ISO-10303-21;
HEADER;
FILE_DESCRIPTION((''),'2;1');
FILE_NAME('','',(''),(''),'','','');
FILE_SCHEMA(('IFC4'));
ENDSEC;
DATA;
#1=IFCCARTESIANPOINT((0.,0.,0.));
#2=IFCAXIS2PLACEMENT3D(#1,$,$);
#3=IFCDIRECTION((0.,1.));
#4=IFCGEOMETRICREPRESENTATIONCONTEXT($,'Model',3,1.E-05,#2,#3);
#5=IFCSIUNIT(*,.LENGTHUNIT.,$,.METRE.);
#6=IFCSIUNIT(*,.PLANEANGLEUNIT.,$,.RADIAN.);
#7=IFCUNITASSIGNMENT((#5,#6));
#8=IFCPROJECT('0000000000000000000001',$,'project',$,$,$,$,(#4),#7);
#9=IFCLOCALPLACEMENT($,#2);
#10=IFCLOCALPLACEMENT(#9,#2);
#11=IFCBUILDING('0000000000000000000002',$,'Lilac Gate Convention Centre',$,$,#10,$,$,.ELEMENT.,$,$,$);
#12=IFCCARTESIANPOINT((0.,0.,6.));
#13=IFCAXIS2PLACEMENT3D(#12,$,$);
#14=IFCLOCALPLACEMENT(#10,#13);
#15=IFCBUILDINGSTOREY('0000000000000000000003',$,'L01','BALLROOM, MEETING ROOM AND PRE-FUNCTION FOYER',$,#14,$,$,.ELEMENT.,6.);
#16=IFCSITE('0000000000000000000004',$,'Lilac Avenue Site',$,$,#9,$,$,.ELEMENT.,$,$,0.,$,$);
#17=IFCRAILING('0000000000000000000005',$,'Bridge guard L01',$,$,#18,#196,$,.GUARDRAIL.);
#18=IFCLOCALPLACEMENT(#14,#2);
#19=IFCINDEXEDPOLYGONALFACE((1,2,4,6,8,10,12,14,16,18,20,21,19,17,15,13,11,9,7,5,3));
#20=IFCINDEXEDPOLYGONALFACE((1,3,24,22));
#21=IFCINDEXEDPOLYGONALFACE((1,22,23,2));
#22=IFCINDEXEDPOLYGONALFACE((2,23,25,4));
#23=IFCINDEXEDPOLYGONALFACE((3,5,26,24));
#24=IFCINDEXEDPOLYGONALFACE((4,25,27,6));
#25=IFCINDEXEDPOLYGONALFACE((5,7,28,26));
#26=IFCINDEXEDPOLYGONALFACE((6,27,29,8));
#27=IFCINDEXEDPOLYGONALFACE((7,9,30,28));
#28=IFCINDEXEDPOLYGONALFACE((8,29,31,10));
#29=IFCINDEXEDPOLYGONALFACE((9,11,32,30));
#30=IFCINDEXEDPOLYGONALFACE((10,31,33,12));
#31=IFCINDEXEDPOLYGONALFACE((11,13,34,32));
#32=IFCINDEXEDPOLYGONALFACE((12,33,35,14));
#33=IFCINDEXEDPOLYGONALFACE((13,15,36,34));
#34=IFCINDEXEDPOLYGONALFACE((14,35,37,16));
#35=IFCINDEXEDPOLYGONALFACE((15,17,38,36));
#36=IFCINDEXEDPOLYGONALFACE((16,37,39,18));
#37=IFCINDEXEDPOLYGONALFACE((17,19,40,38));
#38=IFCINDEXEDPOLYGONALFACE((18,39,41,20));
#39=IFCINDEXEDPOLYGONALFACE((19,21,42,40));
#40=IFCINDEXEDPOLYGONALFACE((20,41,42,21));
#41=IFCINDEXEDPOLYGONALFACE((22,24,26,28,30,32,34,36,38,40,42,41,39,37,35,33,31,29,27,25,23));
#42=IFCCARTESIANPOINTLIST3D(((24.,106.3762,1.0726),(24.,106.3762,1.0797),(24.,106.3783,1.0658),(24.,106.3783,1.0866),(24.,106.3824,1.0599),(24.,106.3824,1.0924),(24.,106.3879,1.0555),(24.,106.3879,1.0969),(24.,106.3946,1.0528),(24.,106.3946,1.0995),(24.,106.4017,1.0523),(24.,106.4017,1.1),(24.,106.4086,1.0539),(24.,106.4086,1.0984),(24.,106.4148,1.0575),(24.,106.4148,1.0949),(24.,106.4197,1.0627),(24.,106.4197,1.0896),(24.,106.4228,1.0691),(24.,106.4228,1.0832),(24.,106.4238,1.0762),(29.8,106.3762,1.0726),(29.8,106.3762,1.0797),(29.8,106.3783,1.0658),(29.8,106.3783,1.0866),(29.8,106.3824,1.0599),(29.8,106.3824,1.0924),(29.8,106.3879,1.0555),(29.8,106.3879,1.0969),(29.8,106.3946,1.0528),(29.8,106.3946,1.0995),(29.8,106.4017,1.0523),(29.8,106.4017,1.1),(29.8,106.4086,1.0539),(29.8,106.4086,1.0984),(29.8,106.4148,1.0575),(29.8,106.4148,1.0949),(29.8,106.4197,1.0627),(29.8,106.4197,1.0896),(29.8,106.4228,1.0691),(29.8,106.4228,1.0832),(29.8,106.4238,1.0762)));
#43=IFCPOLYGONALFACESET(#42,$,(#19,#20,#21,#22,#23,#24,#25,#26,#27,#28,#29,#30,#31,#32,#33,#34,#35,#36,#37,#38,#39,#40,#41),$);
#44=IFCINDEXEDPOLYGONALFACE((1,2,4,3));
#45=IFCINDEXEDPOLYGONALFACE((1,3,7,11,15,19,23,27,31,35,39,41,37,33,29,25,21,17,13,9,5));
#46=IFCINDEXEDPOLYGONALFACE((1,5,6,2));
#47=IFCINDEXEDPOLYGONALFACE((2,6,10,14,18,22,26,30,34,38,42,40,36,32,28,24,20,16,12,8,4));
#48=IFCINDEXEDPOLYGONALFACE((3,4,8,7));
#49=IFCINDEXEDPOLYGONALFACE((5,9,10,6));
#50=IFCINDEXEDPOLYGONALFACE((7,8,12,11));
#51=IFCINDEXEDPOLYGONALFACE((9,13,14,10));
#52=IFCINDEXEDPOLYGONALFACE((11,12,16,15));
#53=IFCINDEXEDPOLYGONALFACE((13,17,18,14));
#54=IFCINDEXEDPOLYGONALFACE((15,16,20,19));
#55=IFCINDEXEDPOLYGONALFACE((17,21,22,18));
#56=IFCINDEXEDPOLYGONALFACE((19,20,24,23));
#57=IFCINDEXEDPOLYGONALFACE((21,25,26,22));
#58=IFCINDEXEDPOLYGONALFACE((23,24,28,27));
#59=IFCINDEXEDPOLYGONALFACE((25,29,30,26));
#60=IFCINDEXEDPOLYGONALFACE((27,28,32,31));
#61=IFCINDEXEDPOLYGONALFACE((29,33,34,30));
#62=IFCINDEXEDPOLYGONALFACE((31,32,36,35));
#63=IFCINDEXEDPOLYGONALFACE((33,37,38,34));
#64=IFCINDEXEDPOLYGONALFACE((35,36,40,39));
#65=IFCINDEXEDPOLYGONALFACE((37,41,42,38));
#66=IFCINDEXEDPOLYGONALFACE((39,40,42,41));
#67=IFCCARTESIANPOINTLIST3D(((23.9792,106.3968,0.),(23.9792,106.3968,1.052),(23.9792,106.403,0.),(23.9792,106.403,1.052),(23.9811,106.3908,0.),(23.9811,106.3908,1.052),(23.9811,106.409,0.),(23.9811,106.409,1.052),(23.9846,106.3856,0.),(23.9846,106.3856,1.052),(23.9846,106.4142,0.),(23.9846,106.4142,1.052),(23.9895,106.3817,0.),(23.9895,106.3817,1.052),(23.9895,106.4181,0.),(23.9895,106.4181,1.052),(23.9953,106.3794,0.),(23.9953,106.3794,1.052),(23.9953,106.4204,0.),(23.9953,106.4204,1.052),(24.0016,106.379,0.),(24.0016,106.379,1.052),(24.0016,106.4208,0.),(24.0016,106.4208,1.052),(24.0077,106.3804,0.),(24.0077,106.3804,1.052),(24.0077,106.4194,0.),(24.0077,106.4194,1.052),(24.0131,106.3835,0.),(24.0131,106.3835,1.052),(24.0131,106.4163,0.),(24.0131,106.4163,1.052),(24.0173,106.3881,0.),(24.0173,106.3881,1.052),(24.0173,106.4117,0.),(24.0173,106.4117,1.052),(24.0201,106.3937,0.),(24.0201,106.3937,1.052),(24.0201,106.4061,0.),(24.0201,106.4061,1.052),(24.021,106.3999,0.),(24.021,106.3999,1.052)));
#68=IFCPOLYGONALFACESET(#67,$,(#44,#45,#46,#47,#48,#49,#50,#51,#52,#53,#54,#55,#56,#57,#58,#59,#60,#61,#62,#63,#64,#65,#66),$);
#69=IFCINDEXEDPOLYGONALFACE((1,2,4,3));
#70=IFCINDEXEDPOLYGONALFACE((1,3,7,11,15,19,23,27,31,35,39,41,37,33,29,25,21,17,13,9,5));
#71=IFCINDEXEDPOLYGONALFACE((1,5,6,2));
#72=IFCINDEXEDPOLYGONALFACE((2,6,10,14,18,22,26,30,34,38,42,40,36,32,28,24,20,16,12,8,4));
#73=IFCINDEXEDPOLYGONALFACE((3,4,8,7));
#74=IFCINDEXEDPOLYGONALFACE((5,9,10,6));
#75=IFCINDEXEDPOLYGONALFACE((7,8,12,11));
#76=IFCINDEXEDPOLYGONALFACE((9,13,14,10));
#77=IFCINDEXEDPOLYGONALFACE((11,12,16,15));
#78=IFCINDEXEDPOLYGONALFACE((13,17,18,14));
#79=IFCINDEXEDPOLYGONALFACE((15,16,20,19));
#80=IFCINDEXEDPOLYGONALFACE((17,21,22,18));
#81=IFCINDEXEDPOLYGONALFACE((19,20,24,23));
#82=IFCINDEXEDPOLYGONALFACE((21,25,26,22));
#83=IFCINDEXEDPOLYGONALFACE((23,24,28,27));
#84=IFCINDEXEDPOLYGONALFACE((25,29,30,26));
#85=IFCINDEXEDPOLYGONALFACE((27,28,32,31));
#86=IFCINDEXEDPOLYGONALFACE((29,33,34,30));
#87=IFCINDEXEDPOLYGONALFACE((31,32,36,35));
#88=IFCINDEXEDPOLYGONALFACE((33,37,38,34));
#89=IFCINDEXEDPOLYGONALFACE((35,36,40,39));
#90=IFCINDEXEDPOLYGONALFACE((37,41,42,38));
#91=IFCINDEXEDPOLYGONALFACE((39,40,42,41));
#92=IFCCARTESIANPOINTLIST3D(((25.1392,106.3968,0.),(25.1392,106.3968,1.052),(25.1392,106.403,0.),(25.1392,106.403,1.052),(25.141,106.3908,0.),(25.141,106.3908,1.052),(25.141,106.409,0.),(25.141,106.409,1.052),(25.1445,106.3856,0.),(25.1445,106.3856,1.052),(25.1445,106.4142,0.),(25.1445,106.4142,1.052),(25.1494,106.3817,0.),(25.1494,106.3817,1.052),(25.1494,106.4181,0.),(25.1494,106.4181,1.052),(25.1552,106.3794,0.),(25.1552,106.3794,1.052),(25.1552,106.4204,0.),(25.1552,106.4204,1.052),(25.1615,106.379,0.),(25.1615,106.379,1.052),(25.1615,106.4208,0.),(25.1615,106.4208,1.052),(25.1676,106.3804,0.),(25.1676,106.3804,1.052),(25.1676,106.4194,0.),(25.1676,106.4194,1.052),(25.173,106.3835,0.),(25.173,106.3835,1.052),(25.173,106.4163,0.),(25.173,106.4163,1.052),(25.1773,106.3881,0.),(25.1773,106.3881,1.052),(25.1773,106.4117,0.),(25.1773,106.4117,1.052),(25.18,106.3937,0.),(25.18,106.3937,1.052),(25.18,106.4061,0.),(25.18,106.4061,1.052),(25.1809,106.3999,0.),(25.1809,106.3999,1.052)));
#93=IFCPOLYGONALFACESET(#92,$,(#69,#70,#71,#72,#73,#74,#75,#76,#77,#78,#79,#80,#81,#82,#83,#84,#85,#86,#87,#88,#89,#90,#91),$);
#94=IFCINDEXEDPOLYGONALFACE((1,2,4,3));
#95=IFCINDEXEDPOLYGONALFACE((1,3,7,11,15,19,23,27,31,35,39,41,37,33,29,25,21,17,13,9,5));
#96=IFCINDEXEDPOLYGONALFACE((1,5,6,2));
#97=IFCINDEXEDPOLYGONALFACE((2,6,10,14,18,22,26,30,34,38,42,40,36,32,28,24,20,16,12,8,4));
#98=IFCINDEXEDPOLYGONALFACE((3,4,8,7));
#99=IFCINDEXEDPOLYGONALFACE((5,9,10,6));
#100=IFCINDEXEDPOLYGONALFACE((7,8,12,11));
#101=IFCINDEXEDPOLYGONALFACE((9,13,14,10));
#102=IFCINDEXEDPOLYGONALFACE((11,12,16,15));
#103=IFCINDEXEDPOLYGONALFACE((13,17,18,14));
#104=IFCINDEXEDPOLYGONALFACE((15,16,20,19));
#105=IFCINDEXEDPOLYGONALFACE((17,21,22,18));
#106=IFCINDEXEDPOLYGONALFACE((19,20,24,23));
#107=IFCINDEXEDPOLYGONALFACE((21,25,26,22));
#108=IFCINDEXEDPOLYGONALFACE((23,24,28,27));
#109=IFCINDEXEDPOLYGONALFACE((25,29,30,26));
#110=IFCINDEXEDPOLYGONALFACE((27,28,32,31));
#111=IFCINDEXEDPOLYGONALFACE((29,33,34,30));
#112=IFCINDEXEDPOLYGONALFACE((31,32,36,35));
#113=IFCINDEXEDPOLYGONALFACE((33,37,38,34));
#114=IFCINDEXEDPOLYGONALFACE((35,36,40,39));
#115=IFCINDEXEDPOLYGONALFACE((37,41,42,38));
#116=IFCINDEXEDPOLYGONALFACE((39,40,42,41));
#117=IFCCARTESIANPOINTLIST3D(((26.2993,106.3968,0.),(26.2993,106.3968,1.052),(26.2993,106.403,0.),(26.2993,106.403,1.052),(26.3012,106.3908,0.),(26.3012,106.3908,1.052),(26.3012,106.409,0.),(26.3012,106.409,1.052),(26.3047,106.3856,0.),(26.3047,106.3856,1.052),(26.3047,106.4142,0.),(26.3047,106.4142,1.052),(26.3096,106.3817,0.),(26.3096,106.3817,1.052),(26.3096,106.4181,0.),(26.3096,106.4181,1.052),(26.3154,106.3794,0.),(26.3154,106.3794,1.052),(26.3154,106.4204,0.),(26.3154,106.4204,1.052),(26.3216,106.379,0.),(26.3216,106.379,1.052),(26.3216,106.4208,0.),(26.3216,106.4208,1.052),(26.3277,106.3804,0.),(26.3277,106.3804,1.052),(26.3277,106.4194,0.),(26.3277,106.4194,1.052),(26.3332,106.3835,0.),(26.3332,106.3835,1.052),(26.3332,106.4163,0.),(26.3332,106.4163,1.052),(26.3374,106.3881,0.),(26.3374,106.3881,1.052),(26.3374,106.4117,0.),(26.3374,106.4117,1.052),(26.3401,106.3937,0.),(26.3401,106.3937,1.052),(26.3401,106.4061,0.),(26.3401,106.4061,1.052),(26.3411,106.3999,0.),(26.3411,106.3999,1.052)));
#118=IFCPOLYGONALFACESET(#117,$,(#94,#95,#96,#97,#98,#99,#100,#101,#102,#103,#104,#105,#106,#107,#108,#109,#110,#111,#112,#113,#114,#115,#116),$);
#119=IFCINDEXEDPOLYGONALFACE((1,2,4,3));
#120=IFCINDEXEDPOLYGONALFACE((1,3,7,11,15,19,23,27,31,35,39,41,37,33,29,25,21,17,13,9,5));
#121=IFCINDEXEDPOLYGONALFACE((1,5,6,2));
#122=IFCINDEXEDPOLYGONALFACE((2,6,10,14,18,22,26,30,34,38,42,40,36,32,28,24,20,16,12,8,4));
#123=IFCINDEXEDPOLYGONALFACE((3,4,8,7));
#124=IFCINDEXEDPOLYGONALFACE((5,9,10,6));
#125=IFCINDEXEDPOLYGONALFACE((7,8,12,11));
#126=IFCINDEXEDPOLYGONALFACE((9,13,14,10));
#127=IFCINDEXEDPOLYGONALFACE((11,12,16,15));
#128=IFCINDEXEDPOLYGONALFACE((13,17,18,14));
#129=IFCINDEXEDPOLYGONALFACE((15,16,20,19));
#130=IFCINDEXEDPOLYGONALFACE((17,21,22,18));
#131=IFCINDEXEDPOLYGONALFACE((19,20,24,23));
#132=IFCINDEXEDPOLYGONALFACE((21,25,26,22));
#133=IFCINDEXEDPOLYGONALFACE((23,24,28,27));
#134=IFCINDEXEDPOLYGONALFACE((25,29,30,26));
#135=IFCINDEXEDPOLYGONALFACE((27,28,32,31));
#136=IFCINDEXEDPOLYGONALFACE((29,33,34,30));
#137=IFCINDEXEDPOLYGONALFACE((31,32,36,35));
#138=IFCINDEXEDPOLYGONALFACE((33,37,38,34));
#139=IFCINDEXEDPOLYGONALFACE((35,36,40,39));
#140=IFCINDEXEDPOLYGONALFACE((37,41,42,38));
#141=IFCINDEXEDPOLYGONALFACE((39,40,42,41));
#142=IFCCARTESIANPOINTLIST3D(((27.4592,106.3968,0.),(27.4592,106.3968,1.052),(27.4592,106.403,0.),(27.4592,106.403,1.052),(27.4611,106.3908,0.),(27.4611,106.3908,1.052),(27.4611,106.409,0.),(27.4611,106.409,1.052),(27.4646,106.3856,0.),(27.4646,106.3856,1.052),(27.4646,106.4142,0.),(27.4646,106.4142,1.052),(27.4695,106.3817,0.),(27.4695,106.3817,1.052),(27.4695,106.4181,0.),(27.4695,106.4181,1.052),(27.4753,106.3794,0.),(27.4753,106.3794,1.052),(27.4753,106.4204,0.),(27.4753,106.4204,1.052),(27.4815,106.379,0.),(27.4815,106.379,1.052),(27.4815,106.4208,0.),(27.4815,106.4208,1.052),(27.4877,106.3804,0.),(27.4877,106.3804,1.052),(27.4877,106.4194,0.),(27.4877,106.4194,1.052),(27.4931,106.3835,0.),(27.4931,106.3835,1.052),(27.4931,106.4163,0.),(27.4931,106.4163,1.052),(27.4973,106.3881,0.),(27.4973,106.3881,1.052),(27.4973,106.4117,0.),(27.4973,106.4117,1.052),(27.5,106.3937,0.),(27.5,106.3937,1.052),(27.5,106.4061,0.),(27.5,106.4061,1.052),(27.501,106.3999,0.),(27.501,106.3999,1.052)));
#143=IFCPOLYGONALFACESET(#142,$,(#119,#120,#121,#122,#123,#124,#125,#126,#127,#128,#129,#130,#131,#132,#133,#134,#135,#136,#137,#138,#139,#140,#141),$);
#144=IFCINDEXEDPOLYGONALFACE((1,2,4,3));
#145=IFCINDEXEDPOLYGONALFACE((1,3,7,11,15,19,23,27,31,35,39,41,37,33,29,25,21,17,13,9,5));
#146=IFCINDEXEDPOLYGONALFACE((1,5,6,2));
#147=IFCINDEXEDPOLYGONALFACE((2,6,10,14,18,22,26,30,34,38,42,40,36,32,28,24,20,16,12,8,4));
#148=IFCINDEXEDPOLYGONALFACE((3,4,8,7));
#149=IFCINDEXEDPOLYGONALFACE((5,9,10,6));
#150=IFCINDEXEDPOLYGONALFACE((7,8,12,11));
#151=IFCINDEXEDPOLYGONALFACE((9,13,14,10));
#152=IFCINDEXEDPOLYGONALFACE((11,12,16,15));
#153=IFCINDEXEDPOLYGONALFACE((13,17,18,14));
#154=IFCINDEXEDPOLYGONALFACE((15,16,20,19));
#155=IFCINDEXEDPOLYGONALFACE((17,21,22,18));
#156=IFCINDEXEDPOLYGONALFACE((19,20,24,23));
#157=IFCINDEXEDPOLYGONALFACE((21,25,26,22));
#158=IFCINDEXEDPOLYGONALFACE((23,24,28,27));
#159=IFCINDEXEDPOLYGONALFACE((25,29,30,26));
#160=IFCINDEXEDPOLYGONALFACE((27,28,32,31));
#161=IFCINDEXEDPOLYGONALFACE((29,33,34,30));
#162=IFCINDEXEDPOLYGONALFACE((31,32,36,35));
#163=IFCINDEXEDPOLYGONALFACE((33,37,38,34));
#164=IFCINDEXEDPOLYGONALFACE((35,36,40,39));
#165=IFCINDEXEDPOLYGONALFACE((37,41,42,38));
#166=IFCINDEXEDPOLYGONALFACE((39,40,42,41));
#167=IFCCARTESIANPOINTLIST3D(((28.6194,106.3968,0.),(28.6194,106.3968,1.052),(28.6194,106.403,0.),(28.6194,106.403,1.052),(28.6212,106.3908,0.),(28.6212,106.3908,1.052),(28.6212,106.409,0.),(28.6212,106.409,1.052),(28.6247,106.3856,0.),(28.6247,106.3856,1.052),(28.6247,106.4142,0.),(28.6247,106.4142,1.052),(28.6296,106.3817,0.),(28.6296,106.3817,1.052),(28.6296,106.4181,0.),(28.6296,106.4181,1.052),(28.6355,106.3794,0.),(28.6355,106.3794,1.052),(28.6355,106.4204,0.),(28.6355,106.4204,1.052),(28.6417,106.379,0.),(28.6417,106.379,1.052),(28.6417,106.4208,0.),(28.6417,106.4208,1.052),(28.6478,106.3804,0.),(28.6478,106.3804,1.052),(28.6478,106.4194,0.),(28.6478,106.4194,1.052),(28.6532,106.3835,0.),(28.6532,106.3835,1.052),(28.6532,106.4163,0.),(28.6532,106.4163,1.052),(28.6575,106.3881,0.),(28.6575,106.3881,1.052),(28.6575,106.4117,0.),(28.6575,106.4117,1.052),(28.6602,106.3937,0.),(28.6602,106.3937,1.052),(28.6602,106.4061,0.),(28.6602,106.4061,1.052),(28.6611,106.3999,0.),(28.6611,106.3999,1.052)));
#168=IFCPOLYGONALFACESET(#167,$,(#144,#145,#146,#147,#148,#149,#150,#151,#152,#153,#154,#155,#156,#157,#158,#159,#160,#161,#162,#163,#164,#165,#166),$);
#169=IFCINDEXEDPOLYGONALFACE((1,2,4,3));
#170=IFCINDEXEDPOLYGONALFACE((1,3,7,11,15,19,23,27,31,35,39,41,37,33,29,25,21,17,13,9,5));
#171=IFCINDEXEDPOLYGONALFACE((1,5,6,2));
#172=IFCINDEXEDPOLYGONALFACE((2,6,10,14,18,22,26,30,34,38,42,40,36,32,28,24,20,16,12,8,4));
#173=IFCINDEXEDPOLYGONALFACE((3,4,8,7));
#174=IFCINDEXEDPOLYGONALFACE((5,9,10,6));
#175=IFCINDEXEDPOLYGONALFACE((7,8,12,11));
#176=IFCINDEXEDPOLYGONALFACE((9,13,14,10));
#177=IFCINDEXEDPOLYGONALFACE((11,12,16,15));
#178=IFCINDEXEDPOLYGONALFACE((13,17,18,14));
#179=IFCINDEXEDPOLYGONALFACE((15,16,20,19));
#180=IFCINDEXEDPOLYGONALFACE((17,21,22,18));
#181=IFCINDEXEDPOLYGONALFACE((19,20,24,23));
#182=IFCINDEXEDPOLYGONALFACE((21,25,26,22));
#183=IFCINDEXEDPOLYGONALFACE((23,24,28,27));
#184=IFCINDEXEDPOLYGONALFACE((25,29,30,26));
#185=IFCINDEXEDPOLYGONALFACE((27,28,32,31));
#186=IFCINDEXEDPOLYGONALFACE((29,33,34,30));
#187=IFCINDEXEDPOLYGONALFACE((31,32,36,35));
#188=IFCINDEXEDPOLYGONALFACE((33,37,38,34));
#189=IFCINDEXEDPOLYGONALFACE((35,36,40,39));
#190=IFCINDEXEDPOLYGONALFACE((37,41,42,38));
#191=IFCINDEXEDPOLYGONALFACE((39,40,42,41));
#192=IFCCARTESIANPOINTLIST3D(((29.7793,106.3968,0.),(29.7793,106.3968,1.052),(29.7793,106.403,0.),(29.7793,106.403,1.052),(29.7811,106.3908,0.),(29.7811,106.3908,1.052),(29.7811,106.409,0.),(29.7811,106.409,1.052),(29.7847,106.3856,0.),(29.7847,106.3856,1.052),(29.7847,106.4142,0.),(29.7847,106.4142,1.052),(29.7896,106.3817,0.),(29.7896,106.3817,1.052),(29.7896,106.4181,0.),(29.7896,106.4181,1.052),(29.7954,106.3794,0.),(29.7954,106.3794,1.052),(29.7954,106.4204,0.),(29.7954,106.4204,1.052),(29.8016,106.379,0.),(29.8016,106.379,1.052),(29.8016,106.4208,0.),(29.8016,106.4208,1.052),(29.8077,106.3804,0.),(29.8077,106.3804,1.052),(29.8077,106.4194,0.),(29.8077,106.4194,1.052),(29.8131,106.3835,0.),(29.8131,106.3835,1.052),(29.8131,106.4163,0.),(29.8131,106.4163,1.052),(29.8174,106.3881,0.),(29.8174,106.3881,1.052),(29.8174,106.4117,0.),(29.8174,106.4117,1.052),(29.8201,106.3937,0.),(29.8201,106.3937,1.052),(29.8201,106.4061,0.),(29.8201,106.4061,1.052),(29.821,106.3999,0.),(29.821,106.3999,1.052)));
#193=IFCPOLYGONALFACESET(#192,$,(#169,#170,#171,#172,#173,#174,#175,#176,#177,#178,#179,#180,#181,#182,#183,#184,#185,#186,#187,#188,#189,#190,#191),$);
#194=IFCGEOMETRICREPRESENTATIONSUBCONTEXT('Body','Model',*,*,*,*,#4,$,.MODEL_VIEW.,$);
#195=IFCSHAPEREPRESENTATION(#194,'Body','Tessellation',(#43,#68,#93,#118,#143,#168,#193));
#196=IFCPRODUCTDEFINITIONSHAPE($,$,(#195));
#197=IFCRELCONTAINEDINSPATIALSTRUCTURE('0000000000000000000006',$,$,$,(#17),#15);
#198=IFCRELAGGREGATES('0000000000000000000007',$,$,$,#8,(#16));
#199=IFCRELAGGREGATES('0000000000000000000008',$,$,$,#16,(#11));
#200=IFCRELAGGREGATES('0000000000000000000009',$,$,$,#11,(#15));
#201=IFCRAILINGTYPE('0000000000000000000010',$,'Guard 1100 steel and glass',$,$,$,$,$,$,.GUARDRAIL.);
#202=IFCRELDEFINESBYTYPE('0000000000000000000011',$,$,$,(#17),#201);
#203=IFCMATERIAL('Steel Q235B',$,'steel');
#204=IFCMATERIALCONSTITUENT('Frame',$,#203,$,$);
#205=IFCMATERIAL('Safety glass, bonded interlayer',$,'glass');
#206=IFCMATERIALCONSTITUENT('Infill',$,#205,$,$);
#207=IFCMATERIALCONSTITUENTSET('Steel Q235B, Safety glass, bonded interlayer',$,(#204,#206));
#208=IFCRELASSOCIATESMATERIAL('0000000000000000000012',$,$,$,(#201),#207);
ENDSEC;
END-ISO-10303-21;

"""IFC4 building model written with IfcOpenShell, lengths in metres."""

from ifc_helpers import new_model, si_unit, direction, frame, origin, origin_2d, place, context, subcontext, project, spatial, circle, extrude, material, constituent, constituent_set, type_object, element, save


model = new_model("IFC4")

# Units and contexts
model_context = context("Model", 3, precision=1e-05, world=origin(), true_north=direction((0.0, 1.0)))
body_context = subcontext(model_context, "Body", "Model", "MODEL_VIEW")
ifc_project = project(units=[si_unit("LENGTHUNIT", "METRE"), si_unit("PLANEANGLEUNIT", "RADIAN")], contexts=[model_context])

# Site, building, storey
site_placement = place(None, origin())
site = spatial("IfcSite", under=ifc_project, at=site_placement, Name="Lilac Avenue Site", CompositionType="ELEMENT", RefElevation=0.0)
building_placement = place(site_placement, origin())
building = spatial("IfcBuilding", under=site, at=building_placement, Name="Lilac Gate Convention Centre", CompositionType="ELEMENT")
storey_placement = place(building_placement, frame((0.0, 0.0, 6.0)))
storey = spatial("IfcBuildingStorey", under=building, at=storey_placement, Name="L01", Description="BALLROOM, MEETING ROOM AND PRE-FUNCTION FOYER", CompositionType="ELEMENT", Elevation=6.0)

# Railing
ifc_material_1 = material(Name="Steel Q235B", Category="steel")
ifc_constituent_1 = constituent(ifc_material_1, Name="Frame")
ifc_material_2 = material(Name="Safety glass, bonded interlayer", Category="glass")
ifc_constituent_2 = constituent(ifc_material_2, Name="Infill")
ifc_constituent_set = constituent_set(constituents=[ifc_constituent_1, ifc_constituent_2], Name="Steel Q235B, Safety glass, bonded interlayer")
railing_type_1 = type_object("IfcRailingType", Name="Guard 1100 steel and glass", PredefinedType="GUARDRAIL", material=ifc_constituent_set)
for number, where, name in (
    (1, (24.0, 106.3999, 0.0), "Bridge guard L01"),
):
    element("IfcRailing", number, at=place(storey_placement, frame(where)), inside=storey, type_object=railing_type_1, Name=name, PredefinedType="GUARDRAIL", context=body_context, shape_type="SweptSolid", body=[
        extrude(circle(Radius=0.0239, at=origin_2d()), frame((0.0, 0.0, 1.0762), z_axis=(1.0, 0.0, 0.0), x_axis=(0.0, 1.0, 0.0)), (0.0, 0.0, 1.0), 5.8),
        extrude(circle(Radius=0.021, at=origin_2d()), origin(), (0.0, 0.0, 1.0), 1.052),
        extrude(circle(Radius=0.021, at=origin_2d()), frame((1.1599, 0.0, 0.0)), (0.0, 0.0, 1.0), 1.052),
        extrude(circle(Radius=0.021, at=origin_2d()), frame((2.3201, 0.0, 0.0)), (0.0, 0.0, 1.0), 1.052),
        extrude(circle(Radius=0.021, at=origin_2d()), frame((3.48, 0.0, 0.0)), (0.0, 0.0, 1.0), 1.052),
        extrude(circle(Radius=0.021, at=origin_2d()), frame((4.6401, 0.0, 0.0)), (0.0, 0.0, 1.0), 1.052),
        extrude(circle(Radius=0.021, at=origin_2d()), frame((5.8, 0.0, 0.0)), (0.0, 0.0, 1.0), 1.052),
    ])

save(model, "model.ifc")
